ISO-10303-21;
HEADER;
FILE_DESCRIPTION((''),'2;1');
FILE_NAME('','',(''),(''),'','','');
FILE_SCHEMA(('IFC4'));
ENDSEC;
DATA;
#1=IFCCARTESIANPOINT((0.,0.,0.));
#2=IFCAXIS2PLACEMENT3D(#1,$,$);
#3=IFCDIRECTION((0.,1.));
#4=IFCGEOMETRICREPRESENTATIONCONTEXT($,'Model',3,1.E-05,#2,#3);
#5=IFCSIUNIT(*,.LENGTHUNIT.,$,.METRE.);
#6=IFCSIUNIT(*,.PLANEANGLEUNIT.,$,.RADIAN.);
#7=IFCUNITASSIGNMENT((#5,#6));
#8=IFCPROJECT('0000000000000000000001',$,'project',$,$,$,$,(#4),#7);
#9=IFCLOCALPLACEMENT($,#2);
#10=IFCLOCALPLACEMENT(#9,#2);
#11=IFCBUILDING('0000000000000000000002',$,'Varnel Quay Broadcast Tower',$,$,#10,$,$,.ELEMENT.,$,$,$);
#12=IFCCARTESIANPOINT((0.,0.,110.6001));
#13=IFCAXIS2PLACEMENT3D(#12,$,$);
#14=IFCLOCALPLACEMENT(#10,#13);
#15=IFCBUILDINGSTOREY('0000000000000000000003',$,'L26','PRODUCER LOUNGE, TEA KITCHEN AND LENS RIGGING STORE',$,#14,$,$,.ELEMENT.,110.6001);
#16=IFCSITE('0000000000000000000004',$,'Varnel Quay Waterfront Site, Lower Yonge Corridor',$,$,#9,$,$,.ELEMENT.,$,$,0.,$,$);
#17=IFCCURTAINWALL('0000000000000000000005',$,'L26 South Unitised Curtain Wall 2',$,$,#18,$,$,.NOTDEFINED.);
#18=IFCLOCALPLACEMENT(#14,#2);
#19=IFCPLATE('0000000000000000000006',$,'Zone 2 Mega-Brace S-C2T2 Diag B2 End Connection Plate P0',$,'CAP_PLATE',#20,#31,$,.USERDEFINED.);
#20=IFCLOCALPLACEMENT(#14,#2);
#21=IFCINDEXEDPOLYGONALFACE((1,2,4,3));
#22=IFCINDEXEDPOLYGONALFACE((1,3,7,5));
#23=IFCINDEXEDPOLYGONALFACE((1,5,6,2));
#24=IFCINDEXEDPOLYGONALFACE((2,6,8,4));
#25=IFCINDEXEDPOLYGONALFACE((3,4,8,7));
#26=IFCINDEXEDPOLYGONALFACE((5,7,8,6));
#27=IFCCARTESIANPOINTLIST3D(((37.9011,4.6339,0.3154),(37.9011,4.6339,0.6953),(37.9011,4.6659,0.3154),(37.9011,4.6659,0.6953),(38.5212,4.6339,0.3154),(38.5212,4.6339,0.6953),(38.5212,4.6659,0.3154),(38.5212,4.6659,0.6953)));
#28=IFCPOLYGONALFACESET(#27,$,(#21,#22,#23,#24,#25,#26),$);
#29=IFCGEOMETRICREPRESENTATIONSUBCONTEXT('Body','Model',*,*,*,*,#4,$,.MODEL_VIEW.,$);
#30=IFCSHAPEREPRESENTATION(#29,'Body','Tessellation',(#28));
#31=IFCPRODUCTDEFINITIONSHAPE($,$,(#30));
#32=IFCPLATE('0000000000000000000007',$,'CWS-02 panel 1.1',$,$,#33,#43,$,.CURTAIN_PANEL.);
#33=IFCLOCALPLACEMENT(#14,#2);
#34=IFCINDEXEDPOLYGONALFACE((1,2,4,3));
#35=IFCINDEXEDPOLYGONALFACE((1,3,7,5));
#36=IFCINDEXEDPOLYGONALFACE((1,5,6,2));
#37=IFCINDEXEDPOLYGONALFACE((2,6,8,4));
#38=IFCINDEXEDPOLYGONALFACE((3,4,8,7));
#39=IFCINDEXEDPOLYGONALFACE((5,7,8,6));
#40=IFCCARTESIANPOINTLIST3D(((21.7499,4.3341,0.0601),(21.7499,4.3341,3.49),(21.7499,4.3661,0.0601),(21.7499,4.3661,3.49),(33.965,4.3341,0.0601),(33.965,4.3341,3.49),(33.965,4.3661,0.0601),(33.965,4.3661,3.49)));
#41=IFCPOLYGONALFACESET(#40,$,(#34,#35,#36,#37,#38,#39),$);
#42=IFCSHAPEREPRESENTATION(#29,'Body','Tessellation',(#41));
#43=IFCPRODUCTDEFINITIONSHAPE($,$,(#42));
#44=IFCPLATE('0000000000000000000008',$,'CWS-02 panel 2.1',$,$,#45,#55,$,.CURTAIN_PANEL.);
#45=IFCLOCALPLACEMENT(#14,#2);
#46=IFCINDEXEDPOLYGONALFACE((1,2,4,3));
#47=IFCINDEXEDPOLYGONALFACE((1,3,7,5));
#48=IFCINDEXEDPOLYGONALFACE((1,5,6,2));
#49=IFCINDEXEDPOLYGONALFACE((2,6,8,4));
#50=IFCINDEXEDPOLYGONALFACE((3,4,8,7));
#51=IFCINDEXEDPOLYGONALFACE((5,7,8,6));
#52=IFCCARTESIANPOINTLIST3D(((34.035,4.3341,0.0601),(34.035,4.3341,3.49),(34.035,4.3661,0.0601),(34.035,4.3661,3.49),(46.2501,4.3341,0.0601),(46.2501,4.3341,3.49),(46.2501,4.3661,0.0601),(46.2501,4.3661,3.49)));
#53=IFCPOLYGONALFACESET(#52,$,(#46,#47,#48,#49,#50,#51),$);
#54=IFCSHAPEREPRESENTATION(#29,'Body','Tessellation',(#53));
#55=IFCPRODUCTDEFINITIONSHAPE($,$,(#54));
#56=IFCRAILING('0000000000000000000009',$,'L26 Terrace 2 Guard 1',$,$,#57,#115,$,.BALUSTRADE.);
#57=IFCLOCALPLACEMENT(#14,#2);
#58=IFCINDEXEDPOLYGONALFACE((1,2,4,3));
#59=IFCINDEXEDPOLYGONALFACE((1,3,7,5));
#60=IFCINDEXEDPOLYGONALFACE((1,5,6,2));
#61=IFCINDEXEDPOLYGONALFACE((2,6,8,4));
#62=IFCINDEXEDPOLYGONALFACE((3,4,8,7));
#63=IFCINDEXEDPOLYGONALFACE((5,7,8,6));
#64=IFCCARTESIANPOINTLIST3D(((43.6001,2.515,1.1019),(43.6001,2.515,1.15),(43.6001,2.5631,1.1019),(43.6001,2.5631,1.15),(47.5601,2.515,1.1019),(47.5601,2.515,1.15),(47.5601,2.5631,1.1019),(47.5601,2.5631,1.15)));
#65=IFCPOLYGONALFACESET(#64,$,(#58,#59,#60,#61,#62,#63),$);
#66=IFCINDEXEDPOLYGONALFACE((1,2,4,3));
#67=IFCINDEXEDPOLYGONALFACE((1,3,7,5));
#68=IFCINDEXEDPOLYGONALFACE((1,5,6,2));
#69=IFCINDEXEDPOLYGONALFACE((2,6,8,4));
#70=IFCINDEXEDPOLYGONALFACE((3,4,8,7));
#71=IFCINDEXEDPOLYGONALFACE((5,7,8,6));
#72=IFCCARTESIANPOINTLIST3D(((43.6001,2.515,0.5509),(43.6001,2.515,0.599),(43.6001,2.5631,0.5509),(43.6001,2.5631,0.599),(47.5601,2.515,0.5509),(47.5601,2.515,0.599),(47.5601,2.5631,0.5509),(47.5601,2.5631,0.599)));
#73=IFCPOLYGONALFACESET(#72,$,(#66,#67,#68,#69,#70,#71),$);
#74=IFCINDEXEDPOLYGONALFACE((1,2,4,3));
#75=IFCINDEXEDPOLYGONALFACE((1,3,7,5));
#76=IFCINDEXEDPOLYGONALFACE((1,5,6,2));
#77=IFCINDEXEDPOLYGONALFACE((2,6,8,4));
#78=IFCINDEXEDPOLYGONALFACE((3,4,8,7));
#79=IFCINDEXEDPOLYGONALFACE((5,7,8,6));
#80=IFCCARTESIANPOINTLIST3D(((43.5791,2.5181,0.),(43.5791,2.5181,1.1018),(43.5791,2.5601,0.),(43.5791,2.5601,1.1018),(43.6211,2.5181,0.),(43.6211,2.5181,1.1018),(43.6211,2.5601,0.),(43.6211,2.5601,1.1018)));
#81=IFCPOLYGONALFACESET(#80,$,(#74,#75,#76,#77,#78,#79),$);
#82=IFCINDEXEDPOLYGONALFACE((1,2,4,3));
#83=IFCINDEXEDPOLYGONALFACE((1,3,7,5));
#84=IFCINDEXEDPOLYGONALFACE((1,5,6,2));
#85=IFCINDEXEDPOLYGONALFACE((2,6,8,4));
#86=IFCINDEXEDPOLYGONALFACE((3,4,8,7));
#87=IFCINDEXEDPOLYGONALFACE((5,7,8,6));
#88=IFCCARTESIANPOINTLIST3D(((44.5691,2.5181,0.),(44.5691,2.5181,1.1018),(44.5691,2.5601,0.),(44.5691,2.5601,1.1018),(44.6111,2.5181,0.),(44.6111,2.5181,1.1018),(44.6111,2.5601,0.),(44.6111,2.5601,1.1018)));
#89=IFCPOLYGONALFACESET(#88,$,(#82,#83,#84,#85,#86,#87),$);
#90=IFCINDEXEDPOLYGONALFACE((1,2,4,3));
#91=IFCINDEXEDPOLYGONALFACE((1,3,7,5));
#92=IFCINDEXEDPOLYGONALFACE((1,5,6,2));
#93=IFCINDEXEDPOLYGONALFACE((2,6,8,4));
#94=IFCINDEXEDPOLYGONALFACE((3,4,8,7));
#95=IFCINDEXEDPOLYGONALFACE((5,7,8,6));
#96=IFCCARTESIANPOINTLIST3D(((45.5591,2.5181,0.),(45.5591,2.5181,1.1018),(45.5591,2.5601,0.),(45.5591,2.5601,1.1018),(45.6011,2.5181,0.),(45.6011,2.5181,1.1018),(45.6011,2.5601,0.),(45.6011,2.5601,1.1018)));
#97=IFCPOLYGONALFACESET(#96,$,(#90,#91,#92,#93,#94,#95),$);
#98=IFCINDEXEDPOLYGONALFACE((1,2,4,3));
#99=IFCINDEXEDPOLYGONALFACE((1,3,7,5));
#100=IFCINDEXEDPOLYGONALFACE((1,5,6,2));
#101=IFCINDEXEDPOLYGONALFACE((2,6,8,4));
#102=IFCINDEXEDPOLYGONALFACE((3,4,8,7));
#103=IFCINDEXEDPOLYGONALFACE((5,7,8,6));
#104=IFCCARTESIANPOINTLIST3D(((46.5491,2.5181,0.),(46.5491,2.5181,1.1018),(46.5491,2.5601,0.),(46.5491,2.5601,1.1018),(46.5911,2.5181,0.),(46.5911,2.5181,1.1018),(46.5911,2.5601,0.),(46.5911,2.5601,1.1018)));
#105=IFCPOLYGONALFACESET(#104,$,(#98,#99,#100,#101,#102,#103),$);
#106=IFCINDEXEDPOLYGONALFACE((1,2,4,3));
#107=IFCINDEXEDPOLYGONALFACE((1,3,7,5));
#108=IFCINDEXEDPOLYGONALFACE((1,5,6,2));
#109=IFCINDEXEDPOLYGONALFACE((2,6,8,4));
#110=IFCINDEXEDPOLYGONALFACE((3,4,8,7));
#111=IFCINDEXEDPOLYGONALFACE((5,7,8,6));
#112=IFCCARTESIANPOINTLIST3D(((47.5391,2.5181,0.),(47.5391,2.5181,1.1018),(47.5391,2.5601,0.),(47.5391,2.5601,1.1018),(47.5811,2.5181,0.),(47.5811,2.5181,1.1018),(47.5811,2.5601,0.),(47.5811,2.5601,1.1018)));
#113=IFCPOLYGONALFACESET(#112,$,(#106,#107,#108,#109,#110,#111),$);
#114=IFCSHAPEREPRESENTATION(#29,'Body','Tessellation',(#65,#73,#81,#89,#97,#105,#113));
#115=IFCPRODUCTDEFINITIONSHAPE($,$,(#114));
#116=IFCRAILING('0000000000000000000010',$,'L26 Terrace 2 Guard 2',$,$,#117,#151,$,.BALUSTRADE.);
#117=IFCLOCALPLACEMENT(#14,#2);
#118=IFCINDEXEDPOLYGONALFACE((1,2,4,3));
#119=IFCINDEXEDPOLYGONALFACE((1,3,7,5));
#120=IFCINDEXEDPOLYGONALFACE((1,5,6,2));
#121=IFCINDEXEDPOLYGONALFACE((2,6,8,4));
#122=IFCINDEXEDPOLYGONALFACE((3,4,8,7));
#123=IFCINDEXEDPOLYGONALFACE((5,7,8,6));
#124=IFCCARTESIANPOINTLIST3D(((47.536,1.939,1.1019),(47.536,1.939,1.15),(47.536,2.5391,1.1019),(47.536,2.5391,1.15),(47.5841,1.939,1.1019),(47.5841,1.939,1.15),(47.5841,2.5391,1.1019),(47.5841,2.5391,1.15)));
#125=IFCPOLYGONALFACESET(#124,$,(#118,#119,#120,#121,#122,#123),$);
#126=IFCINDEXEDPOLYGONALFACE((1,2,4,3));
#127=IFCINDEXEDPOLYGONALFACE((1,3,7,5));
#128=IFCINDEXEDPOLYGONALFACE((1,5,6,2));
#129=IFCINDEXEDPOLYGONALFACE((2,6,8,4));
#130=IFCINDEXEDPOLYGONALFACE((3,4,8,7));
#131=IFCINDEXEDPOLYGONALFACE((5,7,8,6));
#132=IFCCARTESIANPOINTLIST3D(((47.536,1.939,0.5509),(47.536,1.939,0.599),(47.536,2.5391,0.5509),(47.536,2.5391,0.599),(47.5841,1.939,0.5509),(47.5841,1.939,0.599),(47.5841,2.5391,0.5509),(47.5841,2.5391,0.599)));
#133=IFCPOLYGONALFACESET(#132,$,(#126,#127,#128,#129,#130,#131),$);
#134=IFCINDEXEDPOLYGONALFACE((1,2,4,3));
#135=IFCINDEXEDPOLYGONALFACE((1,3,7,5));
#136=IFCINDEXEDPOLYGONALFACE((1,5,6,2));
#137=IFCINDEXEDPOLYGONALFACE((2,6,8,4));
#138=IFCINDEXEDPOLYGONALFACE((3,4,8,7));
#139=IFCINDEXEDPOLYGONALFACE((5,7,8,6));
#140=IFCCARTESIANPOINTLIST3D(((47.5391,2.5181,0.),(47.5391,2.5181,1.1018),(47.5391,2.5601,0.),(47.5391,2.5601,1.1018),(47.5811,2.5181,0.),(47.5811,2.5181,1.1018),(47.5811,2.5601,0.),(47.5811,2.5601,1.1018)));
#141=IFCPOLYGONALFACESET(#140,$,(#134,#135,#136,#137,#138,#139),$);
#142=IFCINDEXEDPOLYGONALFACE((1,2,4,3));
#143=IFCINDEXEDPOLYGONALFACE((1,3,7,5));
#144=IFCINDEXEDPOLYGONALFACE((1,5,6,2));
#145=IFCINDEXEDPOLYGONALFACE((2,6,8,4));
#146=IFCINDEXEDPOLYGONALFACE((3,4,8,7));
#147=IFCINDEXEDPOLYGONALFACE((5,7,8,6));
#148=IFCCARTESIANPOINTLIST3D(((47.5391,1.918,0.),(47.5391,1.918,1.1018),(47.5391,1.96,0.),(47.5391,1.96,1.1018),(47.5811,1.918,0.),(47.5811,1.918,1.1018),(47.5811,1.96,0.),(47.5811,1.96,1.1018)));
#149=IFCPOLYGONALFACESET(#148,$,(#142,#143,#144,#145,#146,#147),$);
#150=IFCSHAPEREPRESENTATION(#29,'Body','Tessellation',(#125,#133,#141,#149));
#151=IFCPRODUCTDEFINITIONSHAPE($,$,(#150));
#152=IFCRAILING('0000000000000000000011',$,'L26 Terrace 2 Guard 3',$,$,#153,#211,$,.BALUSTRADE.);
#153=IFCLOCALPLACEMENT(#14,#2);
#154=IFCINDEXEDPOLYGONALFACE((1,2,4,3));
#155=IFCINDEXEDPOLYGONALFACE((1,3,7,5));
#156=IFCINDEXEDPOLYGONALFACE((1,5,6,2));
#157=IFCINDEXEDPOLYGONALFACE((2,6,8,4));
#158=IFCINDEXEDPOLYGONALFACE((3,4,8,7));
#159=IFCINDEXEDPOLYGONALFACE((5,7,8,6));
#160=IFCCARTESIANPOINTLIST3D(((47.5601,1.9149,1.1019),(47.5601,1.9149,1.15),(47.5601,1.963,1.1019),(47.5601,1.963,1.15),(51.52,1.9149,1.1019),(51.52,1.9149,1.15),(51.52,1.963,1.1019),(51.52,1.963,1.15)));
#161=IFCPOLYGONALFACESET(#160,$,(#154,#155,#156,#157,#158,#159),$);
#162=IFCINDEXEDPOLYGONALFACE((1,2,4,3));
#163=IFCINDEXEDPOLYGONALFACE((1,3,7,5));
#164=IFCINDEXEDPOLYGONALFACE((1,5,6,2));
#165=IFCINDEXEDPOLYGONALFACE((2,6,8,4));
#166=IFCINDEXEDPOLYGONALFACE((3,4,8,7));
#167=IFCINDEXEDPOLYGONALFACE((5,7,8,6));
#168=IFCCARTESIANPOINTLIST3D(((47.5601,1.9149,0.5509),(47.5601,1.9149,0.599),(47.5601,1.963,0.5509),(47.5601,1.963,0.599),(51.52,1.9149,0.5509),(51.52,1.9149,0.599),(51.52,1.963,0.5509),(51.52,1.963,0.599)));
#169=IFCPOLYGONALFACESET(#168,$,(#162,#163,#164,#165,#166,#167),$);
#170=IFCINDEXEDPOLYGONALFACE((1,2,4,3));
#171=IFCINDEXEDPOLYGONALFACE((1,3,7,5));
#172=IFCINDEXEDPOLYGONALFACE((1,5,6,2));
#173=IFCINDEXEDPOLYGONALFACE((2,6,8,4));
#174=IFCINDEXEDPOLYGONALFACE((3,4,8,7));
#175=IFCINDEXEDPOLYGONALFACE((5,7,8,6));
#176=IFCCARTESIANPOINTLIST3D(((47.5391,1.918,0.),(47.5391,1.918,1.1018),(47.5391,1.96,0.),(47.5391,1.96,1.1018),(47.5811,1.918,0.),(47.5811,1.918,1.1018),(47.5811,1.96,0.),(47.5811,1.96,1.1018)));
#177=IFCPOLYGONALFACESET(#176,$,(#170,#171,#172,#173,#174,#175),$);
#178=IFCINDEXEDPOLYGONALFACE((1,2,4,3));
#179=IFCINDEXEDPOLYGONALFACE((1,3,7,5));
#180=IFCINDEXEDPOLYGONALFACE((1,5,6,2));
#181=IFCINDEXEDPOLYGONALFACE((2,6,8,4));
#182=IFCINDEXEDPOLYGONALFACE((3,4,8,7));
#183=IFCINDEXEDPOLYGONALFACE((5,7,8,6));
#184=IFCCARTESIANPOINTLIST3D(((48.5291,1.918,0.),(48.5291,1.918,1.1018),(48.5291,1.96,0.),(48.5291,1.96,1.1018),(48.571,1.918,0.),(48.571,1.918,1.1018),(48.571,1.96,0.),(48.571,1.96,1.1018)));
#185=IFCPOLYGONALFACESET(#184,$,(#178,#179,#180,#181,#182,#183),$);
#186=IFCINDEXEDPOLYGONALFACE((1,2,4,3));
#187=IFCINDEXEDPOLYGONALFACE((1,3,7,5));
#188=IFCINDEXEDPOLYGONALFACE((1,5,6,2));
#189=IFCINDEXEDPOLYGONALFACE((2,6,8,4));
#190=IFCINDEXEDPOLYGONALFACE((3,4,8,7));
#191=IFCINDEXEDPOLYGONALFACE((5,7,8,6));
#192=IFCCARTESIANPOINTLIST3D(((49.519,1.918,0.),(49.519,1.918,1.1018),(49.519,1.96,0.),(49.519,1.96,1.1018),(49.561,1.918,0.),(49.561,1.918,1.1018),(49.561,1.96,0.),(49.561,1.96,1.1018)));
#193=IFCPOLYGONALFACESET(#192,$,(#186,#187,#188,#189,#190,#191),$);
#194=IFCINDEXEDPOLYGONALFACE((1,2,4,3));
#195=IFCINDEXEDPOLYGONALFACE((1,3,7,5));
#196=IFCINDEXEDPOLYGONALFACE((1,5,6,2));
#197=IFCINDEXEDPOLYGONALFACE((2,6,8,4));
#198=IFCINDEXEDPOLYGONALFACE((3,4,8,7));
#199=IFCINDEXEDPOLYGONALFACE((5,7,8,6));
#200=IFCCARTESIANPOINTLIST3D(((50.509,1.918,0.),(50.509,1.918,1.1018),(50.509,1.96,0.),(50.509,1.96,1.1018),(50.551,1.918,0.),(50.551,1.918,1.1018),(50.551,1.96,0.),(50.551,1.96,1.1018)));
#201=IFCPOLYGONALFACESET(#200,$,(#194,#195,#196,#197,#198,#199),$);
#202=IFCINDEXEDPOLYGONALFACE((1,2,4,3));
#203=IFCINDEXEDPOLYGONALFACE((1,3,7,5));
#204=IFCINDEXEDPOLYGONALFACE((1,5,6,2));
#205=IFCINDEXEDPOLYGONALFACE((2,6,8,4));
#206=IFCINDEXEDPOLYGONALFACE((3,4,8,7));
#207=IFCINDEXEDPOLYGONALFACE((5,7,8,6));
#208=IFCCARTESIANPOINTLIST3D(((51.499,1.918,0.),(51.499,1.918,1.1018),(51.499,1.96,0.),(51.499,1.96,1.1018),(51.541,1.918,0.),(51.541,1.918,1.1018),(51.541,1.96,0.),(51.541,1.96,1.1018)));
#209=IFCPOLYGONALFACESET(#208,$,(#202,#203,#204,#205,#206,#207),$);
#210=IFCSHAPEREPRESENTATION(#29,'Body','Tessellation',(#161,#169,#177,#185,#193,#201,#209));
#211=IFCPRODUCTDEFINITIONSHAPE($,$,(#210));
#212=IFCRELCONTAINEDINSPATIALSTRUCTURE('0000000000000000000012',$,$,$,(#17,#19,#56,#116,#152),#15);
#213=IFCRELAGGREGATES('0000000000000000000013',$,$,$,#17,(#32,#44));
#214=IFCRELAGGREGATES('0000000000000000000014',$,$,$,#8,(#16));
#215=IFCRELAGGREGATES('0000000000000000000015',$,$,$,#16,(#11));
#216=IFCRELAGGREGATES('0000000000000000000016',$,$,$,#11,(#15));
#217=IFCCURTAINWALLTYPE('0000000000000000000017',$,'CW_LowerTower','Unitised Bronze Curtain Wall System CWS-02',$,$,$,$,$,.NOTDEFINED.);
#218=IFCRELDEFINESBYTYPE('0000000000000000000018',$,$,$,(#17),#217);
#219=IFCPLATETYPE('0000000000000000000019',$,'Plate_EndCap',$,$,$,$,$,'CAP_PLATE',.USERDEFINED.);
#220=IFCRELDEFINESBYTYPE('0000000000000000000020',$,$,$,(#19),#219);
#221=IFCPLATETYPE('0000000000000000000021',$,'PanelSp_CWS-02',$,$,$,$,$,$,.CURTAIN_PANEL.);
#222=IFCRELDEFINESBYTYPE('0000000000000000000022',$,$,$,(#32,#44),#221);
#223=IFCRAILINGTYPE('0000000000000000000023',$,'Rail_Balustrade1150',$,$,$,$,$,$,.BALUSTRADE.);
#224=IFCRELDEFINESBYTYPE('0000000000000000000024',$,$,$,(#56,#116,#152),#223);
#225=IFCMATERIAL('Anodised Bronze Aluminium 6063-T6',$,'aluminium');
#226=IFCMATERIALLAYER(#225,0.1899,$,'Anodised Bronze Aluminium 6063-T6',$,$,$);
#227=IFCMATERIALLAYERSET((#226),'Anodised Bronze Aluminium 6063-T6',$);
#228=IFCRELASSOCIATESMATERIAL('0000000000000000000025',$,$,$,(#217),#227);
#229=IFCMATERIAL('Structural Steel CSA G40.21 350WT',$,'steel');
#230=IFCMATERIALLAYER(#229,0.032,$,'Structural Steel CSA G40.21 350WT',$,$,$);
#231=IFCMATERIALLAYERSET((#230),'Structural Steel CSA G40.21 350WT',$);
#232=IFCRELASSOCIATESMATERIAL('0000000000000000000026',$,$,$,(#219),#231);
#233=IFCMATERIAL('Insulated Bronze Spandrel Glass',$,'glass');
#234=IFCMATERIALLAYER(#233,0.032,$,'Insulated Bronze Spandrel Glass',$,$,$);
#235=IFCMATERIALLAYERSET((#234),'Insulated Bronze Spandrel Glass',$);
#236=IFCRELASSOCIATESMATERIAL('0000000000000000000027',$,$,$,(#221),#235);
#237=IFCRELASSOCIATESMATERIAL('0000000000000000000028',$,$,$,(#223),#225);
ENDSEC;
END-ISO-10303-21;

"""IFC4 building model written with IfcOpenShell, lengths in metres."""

from ifc_helpers import new_model, si_unit, direction, frame, origin, origin_2d, place, context, subcontext, project, spatial, rectangle, extrude, source, transform, mapped, material, layer, layer_set, type_object, type_shapes, element, aggregate, save


model = new_model("IFC4")

# Units and contexts
model_context = context("Model", 3, precision=1e-05, world=origin(), true_north=direction((0.0, 1.0)))
body_context = subcontext(model_context, "Body", "Model", "MODEL_VIEW")
ifc_project = project(units=[si_unit("LENGTHUNIT", "METRE"), si_unit("PLANEANGLEUNIT", "RADIAN")], contexts=[model_context])

# Site, building, storey
site_placement = place(None, origin())
site = spatial("IfcSite", under=ifc_project, at=site_placement, Name="Varnel Quay Waterfront Site, Lower Yonge Corridor", CompositionType="ELEMENT", RefElevation=0.0)
building_placement = place(site_placement, origin())
building = spatial("IfcBuilding", under=site, at=building_placement, Name="Varnel Quay Broadcast Tower", CompositionType="ELEMENT")
storey_placement = place(building_placement, frame((0.0, 0.0, 110.6001)))
storey = spatial("IfcBuildingStorey", under=building, at=storey_placement, Name="L26", Description="PRODUCER LOUNGE, TEA KITCHEN AND LENS RIGGING STORE", CompositionType="ELEMENT", Elevation=110.6001)

# Curtain wall
ifc_material_1 = material(Name="Anodised Bronze Aluminium 6063-T6", Category="aluminium")
ifc_layer_1 = layer(ifc_material_1, 0.1899, Name="Anodised Bronze Aluminium 6063-T6")
ifc_layer_set_1 = layer_set([ifc_layer_1], Name="Anodised Bronze Aluminium 6063-T6")
curtain_wall_type = type_object("IfcCurtainWallType", Name="CW_LowerTower", Description="Unitised Bronze Curtain Wall System CWS-02", PredefinedType="NOTDEFINED", material=ifc_layer_set_1)
curtain_wall_placement = place(storey_placement, origin())
curtain_wall = element("IfcCurtainWall", 1, at=curtain_wall_placement, inside=storey, type_object=curtain_wall_type, Name="L26 South Unitised Curtain Wall 2", PredefinedType="NOTDEFINED")

# Plate
ifc_material_2 = material(Name="Structural Steel CSA G40.21 350WT", Category="steel")
ifc_layer_2 = layer(ifc_material_2, 0.032, Name="Structural Steel CSA G40.21 350WT")
ifc_layer_set_2 = layer_set([ifc_layer_2], Name="Structural Steel CSA G40.21 350WT")
plate_type_1 = type_object("IfcPlateType", Name="Plate_EndCap", ElementType="CAP_PLATE", PredefinedType="USERDEFINED", material=ifc_layer_set_2)
shared_shape_1 = source(origin(), body_context, "Body", "SweptSolid", [
    extrude(rectangle(XDim=0.6201, YDim=0.032, at=origin_2d()), origin(), (0.0, 0.0, 1.0), 0.3799),
])
type_shapes(plate_type_1, [shared_shape_1])
for number, where, z_axis, x_axis, name in (
    (2, (38.2112, 4.6499, 0.3154), (0.0, 0.0, 1.0), (1.0, 0.0, 0.0), "Zone 2 Mega-Brace S-C2T2 Diag B2 End Connection Plate P0"),
):
    element("IfcPlate", number, at=place(storey_placement, frame(where, z_axis=z_axis, x_axis=x_axis)), inside=storey, type_object=plate_type_1, Name=name, ObjectType="CAP_PLATE", PredefinedType="USERDEFINED", context=body_context, shape_type="MappedRepresentation", body=[
        mapped(shared_shape_1, transform((0.0, 0.0, 0.0), x_axis=(1.0, 0.0, 0.0), y_axis=(0.0, 1.0, 0.0), z_axis=(0.0, 0.0, 1.0), scale=1.0)),
    ])

# Plates
ifc_material_3 = material(Name="Insulated Bronze Spandrel Glass", Category="glass")
ifc_layer_3 = layer(ifc_material_3, 0.032, Name="Insulated Bronze Spandrel Glass")
ifc_layer_set_3 = layer_set([ifc_layer_3], Name="Insulated Bronze Spandrel Glass")
plate_type_2 = type_object("IfcPlateType", Name="PanelSp_CWS-02", PredefinedType="CURTAIN_PANEL", material=ifc_layer_set_3)
shared_shape_2 = source(origin(), body_context, "Body", "SweptSolid", [
    extrude(rectangle(XDim=12.2151, YDim=0.032, at=origin_2d()), origin(), (0.0, 0.0, 1.0), 3.4299),
])
type_shapes(plate_type_2, [shared_shape_2])
plate_1_placement = place(storey_placement, frame((27.8574, 4.3501, 0.0601), z_axis=(0.0, 0.0, 1.0), x_axis=(1.0, 0.0, 0.0)))
plate_1 = element("IfcPlate", 3, at=plate_1_placement, type_object=plate_type_2, Name="CWS-02 panel 1.1", PredefinedType="CURTAIN_PANEL", context=body_context, shape_type="MappedRepresentation", body=[
    mapped(shared_shape_2, transform((0.0, 0.0, 0.0), x_axis=(1.0, 0.0, 0.0), y_axis=(0.0, 1.0, 0.0), z_axis=(0.0, 0.0, 1.0), scale=1.0)),
])
plate_2_placement = place(storey_placement, frame((40.1426, 4.3501, 0.0601), z_axis=(0.0, 0.0, 1.0), x_axis=(1.0, 0.0, 0.0)))
plate_2 = element("IfcPlate", 4, at=plate_2_placement, type_object=plate_type_2, Name="CWS-02 panel 2.1", PredefinedType="CURTAIN_PANEL", context=body_context, shape_type="MappedRepresentation", body=[
    mapped(shared_shape_2, transform((0.0, 0.0, 0.0), x_axis=(1.0, 0.0, 0.0), y_axis=(0.0, 1.0, 0.0), z_axis=(0.0, 0.0, 1.0), scale=1.0)),
])
aggregate(curtain_wall, [plate_1, plate_2])

# Railings
railing_type = type_object("IfcRailingType", Name="Rail_Balustrade1150", PredefinedType="BALUSTRADE", material=ifc_material_1)
railing_1_placement = place(storey_placement, frame((43.6001, 2.5391, 0.0)))
element("IfcRailing", 5, at=railing_1_placement, inside=storey, type_object=railing_type, Name="L26 Terrace 2 Guard 1", PredefinedType="BALUSTRADE", context=body_context, shape_type="SweptSolid", body=[
    extrude(rectangle(XDim=0.0481, YDim=0.0481, at=origin_2d()), frame((0.0, 0.0, 1.126), z_axis=(1.0, 0.0, 0.0), x_axis=(0.0, 1.0, 0.0)), (0.0, 0.0, 1.0), 3.96),
    extrude(rectangle(XDim=0.0481, YDim=0.0481, at=origin_2d()), frame((0.0, 0.0, 0.575), z_axis=(1.0, 0.0, 0.0), x_axis=(0.0, 1.0, 0.0)), (0.0, 0.0, 1.0), 3.96),
    extrude(rectangle(XDim=0.042, YDim=0.042, at=origin_2d()), origin(), (0.0, 0.0, 1.0), 1.1018),
    extrude(rectangle(XDim=0.042, YDim=0.042, at=origin_2d()), frame((0.99, 0.0, 0.0)), (0.0, 0.0, 1.0), 1.1018),
    extrude(rectangle(XDim=0.042, YDim=0.042, at=origin_2d()), frame((1.98, 0.0, 0.0)), (0.0, 0.0, 1.0), 1.1018),
    extrude(rectangle(XDim=0.042, YDim=0.042, at=origin_2d()), frame((2.97, 0.0, 0.0)), (0.0, 0.0, 1.0), 1.1018),
    extrude(rectangle(XDim=0.042, YDim=0.042, at=origin_2d()), frame((3.96, 0.0, 0.0)), (0.0, 0.0, 1.0), 1.1018),
])
railing_2_placement = place(storey_placement, frame((47.5601, 2.5391, 0.0)))
element("IfcRailing", 6, at=railing_2_placement, inside=storey, type_object=railing_type, Name="L26 Terrace 2 Guard 2", PredefinedType="BALUSTRADE", context=body_context, shape_type="SweptSolid", body=[
    extrude(rectangle(XDim=0.0481, YDim=0.0481, at=origin_2d()), frame((0.0, 0.0, 1.126), z_axis=(0.0, -1.0, 0.0), x_axis=(1.0, 0.0, 0.0)), (0.0, 0.0, 1.0), 0.6001),
    extrude(rectangle(XDim=0.0481, YDim=0.0481, at=origin_2d()), frame((0.0, 0.0, 0.575), z_axis=(0.0, -1.0, 0.0), x_axis=(1.0, 0.0, 0.0)), (0.0, 0.0, 1.0), 0.6001),
    extrude(rectangle(XDim=0.042, YDim=0.042, at=origin_2d()), origin(), (0.0, 0.0, 1.0), 1.1018),
    extrude(rectangle(XDim=0.042, YDim=0.042, at=origin_2d()), frame((0.0, -0.6001, 0.0)), (0.0, 0.0, 1.0), 1.1018),
])
railing_3_placement = place(storey_placement, frame((47.5601, 1.939, 0.0)))
element("IfcRailing", 7, at=railing_3_placement, inside=storey, type_object=railing_type, Name="L26 Terrace 2 Guard 3", PredefinedType="BALUSTRADE", context=body_context, shape_type="SweptSolid", body=[
    extrude(rectangle(XDim=0.0481, YDim=0.0481, at=origin_2d()), frame((0.0, 0.0, 1.126), z_axis=(1.0, 0.0, 0.0), x_axis=(0.0, 1.0, 0.0)), (0.0, 0.0, 1.0), 3.96),
    extrude(rectangle(XDim=0.0481, YDim=0.0481, at=origin_2d()), frame((0.0, 0.0, 0.575), z_axis=(1.0, 0.0, 0.0), x_axis=(0.0, 1.0, 0.0)), (0.0, 0.0, 1.0), 3.96),
    extrude(rectangle(XDim=0.042, YDim=0.042, at=origin_2d()), origin(), (0.0, 0.0, 1.0), 1.1018),
    extrude(rectangle(XDim=0.042, YDim=0.042, at=origin_2d()), frame((0.99, 0.0, 0.0)), (0.0, 0.0, 1.0), 1.1018),
    extrude(rectangle(XDim=0.042, YDim=0.042, at=origin_2d()), frame((1.98, 0.0, 0.0)), (0.0, 0.0, 1.0), 1.1018),
    extrude(rectangle(XDim=0.042, YDim=0.042, at=origin_2d()), frame((2.97, 0.0, 0.0)), (0.0, 0.0, 1.0), 1.1018),
    extrude(rectangle(XDim=0.042, YDim=0.042, at=origin_2d()), frame((3.96, 0.0, 0.0)), (0.0, 0.0, 1.0), 1.1018),
])

save(model, "model.ifc")
